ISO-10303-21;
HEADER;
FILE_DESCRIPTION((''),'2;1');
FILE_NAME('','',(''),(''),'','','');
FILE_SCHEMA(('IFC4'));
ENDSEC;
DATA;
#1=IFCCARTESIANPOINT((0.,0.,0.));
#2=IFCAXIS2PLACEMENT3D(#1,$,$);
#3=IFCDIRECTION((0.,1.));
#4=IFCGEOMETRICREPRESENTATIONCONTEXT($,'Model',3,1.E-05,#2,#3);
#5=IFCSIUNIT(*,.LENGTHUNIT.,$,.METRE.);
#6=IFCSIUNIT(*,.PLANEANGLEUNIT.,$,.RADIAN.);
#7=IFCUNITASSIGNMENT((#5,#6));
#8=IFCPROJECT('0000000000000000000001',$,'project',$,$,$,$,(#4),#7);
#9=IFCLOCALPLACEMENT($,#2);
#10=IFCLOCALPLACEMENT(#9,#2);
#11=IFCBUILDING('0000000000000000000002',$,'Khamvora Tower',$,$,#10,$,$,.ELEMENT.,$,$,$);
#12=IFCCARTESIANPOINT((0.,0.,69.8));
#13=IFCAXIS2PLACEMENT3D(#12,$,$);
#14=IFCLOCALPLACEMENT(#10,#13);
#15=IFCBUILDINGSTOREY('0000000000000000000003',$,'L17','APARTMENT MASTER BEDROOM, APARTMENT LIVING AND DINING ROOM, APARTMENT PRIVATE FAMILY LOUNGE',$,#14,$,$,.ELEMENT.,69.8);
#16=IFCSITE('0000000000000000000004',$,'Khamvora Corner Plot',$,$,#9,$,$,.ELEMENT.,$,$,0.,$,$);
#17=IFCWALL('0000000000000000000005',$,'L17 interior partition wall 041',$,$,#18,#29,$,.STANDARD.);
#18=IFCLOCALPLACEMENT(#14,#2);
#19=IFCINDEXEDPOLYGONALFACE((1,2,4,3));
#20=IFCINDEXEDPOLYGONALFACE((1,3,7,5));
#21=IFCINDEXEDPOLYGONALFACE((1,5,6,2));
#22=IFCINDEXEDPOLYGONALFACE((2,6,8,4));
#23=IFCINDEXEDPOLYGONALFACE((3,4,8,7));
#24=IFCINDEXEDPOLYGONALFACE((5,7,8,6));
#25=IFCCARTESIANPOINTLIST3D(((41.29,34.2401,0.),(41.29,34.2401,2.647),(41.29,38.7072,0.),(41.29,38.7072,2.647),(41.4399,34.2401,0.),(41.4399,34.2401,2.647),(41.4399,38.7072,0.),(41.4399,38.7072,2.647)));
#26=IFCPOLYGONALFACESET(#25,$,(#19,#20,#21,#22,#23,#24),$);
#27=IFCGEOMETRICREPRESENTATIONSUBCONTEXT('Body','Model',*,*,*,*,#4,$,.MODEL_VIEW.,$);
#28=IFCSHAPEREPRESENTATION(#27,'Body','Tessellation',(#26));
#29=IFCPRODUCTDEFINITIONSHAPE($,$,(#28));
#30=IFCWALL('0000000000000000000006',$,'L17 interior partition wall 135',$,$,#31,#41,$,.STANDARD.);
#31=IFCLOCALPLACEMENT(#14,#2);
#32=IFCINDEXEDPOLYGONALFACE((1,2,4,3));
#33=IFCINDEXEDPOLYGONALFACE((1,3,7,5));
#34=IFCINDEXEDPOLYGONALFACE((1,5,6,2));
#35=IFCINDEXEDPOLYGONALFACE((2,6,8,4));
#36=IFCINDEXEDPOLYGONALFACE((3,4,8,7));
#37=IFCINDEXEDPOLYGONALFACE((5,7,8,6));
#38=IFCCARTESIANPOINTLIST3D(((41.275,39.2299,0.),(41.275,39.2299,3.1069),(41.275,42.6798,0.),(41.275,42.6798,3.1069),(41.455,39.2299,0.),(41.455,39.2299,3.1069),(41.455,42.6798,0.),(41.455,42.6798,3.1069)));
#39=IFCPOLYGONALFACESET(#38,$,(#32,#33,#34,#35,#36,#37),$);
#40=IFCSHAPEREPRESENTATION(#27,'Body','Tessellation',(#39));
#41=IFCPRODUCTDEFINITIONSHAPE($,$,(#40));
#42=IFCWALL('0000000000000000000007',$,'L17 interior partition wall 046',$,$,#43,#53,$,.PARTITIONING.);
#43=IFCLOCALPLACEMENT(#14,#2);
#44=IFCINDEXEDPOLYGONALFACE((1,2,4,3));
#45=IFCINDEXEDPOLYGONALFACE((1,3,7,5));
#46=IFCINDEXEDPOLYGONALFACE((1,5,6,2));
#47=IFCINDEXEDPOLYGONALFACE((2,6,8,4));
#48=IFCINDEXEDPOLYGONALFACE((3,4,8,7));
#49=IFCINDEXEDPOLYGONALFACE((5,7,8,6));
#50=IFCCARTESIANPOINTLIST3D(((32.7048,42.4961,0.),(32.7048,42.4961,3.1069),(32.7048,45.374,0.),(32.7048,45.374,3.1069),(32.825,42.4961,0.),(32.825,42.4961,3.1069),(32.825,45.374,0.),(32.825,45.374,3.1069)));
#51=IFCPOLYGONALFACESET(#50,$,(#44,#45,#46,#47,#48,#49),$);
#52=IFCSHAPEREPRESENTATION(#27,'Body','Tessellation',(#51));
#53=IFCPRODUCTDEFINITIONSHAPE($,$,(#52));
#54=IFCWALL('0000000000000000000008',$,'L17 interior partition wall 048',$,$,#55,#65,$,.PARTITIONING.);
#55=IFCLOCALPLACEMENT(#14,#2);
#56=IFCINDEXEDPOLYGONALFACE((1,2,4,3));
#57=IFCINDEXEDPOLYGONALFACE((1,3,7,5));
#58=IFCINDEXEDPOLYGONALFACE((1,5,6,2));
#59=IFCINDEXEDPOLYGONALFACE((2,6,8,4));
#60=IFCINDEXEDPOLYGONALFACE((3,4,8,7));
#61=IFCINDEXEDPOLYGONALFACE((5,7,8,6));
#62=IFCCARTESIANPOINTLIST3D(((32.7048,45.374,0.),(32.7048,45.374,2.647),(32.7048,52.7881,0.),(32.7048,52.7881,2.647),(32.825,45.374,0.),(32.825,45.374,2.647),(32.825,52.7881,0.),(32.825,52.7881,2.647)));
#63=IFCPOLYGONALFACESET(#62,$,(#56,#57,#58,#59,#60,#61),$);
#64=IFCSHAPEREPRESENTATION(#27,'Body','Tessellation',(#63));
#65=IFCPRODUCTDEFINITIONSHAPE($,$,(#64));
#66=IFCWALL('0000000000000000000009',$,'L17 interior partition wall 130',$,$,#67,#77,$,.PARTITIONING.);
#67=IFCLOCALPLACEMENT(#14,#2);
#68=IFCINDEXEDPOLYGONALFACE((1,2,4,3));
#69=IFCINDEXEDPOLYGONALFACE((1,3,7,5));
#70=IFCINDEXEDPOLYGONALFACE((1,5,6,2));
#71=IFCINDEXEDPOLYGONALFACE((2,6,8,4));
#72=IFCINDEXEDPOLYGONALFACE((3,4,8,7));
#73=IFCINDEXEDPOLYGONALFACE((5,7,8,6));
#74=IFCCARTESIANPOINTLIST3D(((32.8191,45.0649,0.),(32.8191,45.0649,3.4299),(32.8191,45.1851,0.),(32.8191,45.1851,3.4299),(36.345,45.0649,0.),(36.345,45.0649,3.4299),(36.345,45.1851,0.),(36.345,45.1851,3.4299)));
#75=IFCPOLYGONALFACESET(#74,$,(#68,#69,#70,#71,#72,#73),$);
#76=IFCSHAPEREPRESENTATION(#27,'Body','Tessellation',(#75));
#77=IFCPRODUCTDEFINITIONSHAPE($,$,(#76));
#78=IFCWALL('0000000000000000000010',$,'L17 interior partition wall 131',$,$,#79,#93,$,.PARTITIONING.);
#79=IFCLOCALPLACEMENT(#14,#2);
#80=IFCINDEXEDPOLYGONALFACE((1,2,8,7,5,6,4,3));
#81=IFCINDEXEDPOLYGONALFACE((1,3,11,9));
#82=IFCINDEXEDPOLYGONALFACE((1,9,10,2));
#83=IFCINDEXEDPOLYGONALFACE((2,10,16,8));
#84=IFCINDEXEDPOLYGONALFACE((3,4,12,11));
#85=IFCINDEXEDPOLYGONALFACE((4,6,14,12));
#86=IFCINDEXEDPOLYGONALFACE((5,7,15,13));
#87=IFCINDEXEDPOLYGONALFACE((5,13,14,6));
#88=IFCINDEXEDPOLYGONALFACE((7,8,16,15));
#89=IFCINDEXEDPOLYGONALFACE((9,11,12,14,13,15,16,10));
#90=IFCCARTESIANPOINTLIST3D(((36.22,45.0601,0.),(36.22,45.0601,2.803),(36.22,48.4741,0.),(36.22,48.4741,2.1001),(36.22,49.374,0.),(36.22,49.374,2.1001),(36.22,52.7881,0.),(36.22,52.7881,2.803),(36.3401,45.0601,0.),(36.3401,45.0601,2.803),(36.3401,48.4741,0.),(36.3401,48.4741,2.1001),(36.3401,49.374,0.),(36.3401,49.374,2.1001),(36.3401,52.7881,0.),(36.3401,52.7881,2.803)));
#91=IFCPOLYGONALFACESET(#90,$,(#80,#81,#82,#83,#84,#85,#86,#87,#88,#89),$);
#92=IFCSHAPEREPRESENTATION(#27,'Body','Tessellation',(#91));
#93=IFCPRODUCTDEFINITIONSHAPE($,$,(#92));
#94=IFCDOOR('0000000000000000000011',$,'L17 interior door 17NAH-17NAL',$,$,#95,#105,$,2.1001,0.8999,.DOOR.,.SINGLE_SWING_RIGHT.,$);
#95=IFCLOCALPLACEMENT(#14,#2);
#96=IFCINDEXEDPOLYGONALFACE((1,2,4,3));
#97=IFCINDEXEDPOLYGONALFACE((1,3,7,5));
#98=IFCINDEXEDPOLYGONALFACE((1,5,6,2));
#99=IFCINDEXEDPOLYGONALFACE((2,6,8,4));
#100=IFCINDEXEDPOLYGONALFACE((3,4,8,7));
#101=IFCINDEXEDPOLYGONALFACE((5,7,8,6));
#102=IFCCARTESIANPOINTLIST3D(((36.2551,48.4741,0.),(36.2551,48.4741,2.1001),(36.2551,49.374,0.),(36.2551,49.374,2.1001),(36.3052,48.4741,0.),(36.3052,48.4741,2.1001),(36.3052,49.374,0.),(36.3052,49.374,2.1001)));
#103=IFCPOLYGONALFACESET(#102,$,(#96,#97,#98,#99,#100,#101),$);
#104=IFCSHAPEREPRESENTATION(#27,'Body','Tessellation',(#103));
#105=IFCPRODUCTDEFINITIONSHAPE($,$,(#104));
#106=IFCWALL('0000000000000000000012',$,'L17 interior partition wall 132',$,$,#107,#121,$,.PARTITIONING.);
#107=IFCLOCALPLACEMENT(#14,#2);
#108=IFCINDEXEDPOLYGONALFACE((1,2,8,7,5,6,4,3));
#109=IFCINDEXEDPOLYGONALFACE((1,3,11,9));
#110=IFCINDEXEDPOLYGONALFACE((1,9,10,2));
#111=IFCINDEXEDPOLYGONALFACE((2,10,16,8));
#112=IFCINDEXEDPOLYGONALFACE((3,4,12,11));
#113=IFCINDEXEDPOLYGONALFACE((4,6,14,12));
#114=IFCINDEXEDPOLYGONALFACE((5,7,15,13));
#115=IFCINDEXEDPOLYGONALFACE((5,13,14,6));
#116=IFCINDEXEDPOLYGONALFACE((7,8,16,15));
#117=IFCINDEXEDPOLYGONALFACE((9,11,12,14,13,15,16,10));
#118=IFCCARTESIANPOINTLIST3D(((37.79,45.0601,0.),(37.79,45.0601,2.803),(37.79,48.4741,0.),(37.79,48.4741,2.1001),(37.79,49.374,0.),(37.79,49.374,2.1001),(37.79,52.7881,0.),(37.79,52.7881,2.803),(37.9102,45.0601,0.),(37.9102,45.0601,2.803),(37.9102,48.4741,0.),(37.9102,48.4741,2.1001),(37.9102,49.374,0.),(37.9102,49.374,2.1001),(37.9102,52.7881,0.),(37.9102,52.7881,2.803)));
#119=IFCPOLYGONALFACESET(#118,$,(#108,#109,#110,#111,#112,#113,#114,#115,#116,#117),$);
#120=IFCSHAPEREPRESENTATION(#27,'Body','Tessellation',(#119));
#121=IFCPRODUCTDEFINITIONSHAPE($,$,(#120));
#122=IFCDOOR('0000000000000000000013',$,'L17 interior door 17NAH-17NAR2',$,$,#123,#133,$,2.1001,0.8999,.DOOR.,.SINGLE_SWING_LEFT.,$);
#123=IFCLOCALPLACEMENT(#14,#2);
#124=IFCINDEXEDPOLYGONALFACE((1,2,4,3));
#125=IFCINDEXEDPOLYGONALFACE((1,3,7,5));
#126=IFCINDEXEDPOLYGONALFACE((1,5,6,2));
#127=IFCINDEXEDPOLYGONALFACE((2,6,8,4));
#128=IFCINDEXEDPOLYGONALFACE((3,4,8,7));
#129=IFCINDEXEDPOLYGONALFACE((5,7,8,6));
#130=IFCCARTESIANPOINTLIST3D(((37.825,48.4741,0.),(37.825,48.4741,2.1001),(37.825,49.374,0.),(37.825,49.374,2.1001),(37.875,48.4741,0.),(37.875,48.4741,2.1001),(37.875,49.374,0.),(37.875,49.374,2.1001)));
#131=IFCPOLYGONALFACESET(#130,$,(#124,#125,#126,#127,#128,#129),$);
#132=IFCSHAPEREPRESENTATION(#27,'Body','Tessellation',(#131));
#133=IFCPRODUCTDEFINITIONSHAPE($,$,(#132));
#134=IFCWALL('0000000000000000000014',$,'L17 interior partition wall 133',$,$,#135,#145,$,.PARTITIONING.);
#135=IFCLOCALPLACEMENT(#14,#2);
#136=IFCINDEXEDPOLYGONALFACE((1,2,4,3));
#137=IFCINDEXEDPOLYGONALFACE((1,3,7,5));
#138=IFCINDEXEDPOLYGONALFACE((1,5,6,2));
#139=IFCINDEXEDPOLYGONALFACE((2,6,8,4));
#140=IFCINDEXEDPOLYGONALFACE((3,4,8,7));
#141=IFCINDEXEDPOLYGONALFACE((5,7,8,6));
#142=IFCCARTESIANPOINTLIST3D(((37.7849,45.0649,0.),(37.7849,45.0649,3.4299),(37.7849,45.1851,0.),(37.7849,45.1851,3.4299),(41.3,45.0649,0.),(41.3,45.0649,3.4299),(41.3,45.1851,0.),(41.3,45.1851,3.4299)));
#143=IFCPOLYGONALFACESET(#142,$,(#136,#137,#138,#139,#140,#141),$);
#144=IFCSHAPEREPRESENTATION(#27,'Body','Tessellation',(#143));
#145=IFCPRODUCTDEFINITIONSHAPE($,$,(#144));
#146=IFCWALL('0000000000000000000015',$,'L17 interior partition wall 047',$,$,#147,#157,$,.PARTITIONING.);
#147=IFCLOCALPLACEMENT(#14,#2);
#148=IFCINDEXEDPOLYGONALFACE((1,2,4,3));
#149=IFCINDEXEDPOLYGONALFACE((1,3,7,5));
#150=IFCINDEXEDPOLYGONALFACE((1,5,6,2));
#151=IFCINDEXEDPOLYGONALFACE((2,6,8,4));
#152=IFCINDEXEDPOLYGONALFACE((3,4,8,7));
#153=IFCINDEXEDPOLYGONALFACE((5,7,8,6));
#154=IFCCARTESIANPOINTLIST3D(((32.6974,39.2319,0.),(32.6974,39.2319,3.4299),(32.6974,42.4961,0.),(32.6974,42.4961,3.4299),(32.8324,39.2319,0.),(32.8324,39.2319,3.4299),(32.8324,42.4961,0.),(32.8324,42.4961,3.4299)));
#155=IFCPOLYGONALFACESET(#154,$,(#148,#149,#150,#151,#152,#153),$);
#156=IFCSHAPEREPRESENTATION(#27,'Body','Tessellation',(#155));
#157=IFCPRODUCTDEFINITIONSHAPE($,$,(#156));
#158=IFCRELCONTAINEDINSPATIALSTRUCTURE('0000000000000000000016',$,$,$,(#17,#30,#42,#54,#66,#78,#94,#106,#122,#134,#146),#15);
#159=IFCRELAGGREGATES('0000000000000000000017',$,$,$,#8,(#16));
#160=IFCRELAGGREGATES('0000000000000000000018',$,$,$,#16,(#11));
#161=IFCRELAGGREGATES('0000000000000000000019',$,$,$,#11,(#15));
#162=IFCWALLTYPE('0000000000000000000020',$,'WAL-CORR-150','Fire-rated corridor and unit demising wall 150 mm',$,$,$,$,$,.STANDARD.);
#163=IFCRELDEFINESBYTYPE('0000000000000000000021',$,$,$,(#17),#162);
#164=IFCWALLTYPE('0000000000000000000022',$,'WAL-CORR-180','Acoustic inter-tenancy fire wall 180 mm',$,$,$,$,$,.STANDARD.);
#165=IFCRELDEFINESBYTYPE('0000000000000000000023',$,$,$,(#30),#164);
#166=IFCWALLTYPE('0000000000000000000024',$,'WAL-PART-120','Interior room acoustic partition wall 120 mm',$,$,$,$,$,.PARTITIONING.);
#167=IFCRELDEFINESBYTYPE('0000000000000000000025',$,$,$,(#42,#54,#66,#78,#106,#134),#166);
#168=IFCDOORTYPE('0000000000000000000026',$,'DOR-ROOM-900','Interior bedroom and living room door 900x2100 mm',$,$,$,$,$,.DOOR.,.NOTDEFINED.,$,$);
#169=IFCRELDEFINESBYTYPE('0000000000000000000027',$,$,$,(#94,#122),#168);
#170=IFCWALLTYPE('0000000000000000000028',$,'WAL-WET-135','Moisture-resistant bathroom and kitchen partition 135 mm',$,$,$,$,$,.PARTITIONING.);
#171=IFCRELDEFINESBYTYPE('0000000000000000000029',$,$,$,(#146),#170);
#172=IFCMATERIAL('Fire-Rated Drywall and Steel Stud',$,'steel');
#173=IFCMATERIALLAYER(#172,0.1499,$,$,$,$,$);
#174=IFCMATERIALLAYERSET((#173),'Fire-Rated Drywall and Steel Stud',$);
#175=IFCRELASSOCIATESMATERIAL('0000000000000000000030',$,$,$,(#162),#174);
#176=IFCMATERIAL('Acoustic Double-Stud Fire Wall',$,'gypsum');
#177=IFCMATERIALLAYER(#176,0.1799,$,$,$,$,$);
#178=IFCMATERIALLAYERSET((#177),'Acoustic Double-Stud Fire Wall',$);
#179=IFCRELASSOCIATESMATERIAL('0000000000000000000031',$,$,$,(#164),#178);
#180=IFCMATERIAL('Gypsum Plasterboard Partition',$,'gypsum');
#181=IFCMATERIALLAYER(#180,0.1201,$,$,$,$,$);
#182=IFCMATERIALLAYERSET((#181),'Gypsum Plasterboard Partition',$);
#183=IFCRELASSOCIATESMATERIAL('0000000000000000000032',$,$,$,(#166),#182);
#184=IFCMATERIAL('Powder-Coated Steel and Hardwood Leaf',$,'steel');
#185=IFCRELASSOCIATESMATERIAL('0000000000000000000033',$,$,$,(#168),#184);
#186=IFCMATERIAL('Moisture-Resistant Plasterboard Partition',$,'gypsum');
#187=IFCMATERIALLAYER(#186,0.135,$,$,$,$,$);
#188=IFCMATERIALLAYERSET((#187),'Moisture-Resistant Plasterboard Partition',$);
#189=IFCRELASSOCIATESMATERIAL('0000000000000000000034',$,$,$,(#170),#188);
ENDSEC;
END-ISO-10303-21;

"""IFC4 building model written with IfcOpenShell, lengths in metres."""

from ifc_helpers import new_model, si_unit, direction, frame, frame_2d, origin, place, context, subcontext, project, spatial, rectangle, extrude, material, layer, layer_set, type_object, element, fill, save


model = new_model("IFC4")

# Units and contexts
model_context = context("Model", 3, precision=1e-05, world=origin(), true_north=direction((0.0, 1.0)))
body_context = subcontext(model_context, "Body", "Model", "MODEL_VIEW")
ifc_project = project(units=[si_unit("LENGTHUNIT", "METRE"), si_unit("PLANEANGLEUNIT", "RADIAN")], contexts=[model_context])

# Site, building, storey
site_placement = place(None, origin())
site = spatial("IfcSite", under=ifc_project, at=site_placement, Name="Khamvora Corner Plot", CompositionType="ELEMENT", RefElevation=0.0)
building_placement = place(site_placement, origin())
building = spatial("IfcBuilding", under=site, at=building_placement, Name="Khamvora Tower", CompositionType="ELEMENT")
storey_placement = place(building_placement, frame((0.0, 0.0, 69.8)))
storey = spatial("IfcBuildingStorey", under=building, at=storey_placement, Name="L17", Description="APARTMENT MASTER BEDROOM, APARTMENT LIVING AND DINING ROOM, APARTMENT PRIVATE FAMILY LOUNGE", CompositionType="ELEMENT", Elevation=69.8)

# Shared definitions
ifc_material_1 = material(Name="Fire-Rated Drywall and Steel Stud", Category="steel")
ifc_layer_1 = layer(ifc_material_1, 0.1499)
ifc_layer_set_1 = layer_set([ifc_layer_1], Name="Fire-Rated Drywall and Steel Stud")
wall_type_1 = type_object("IfcWallType", Name="WAL-CORR-150", Description="Fire-rated corridor and unit demising wall 150 mm", PredefinedType="STANDARD", material=ifc_layer_set_1)
ifc_material_2 = material(Name="Powder-Coated Steel and Hardwood Leaf", Category="steel")

# Walls
wall_1_placement = place(storey_placement, frame((41.365, 38.707, 0.0), z_axis=(0.0, 0.0, 1.0), x_axis=(0.0, -1.0, 0.0)))
element("IfcWall", 1, at=wall_1_placement, inside=storey, type_object=wall_type_1, Name="L17 interior partition wall 041", PredefinedType="STANDARD", context=body_context, shape_type="SweptSolid", body=[
    extrude(rectangle(XDim=4.467, YDim=0.1499, at=frame_2d((2.2334, 0.0))), origin(), (0.0, 0.0, 1.0), 2.647),
])
ifc_material_3 = material(Name="Acoustic Double-Stud Fire Wall", Category="gypsum")
ifc_layer_2 = layer(ifc_material_3, 0.1799)
ifc_layer_set_2 = layer_set([ifc_layer_2], Name="Acoustic Double-Stud Fire Wall")
wall_type_2 = type_object("IfcWallType", Name="WAL-CORR-180", Description="Acoustic inter-tenancy fire wall 180 mm", PredefinedType="STANDARD", material=ifc_layer_set_2)
wall_2_placement = place(storey_placement, frame((41.365, 42.6799, 0.0), z_axis=(0.0, 0.0, 1.0), x_axis=(0.0, -1.0, 0.0)))
element("IfcWall", 2, at=wall_2_placement, inside=storey, type_object=wall_type_2, Name="L17 interior partition wall 135", PredefinedType="STANDARD", context=body_context, shape_type="SweptSolid", body=[
    extrude(rectangle(XDim=3.45, YDim=0.1799, at=frame_2d((1.7251, 0.0))), origin(), (0.0, 0.0, 1.0), 3.1069),
])
ifc_material_4 = material(Name="Gypsum Plasterboard Partition", Category="gypsum")
ifc_layer_3 = layer(ifc_material_4, 0.1201)
ifc_layer_set_3 = layer_set([ifc_layer_3], Name="Gypsum Plasterboard Partition")
wall_type_3 = type_object("IfcWallType", Name="WAL-PART-120", Description="Interior room acoustic partition wall 120 mm", PredefinedType="PARTITIONING", material=ifc_layer_set_3)
wall_3_placement = place(storey_placement, frame((32.7649, 45.374, 0.0), z_axis=(0.0, 0.0, 1.0), x_axis=(0.0, -1.0, 0.0)))
element("IfcWall", 3, at=wall_3_placement, inside=storey, type_object=wall_type_3, Name="L17 interior partition wall 046", PredefinedType="PARTITIONING", context=body_context, shape_type="SweptSolid", body=[
    extrude(rectangle(XDim=2.8779, YDim=0.1201, at=frame_2d((1.439, 0.0))), origin(), (0.0, 0.0, 1.0), 3.1069),
])
wall_4_placement = place(storey_placement, frame((32.7649, 52.7881, 0.0), z_axis=(0.0, 0.0, 1.0), x_axis=(0.0, -1.0, 0.0)))
element("IfcWall", 4, at=wall_4_placement, inside=storey, type_object=wall_type_3, Name="L17 interior partition wall 048", PredefinedType="PARTITIONING", context=body_context, shape_type="SweptSolid", body=[
    extrude(rectangle(XDim=7.4141, YDim=0.1201, at=frame_2d((3.707, 0.0))), origin(), (0.0, 0.0, 1.0), 2.647),
])
wall_5_placement = place(storey_placement, frame((32.8191, 45.125, 0.0), z_axis=(0.0, 0.0, 1.0), x_axis=(1.0, 0.0, 0.0)))
element("IfcWall", 5, at=wall_5_placement, inside=storey, type_object=wall_type_3, Name="L17 interior partition wall 130", PredefinedType="PARTITIONING", context=body_context, shape_type="SweptSolid", body=[
    extrude(rectangle(XDim=3.5259, YDim=0.1201, at=frame_2d((1.7629, 0.0))), origin(), (0.0, 0.0, 1.0), 3.4299),
])

# Walls, openings, doors
wall_6_placement = place(storey_placement, frame((36.28, 45.0601, 0.0), z_axis=(0.0, 0.0, 1.0), x_axis=(0.0, 1.0, 0.0)))
wall_6 = element("IfcWall", 6, at=wall_6_placement, inside=storey, type_object=wall_type_3, Name="L17 interior partition wall 131", PredefinedType="PARTITIONING", context=body_context, shape_type="SweptSolid", body=[
    extrude(rectangle(XDim=7.728, YDim=0.1201, at=frame_2d((3.864, 0.0))), origin(), (0.0, 0.0, 1.0), 2.803),
])
opening_1_placement = place(wall_6_placement, frame((3.4141, 0.0, 0.0)))
opening_1 = element("IfcOpeningElement", 7, at=opening_1_placement, cuts=wall_6, PredefinedType="OPENING", context=body_context, shape_type="SweptSolid", body=[
    extrude(rectangle(XDim=0.8999, YDim=2.1001, at=frame_2d((0.45, 1.05))), frame((0.0, 0.0701, 0.0), z_axis=(0.0, -1.0, 0.0), x_axis=(1.0, 0.0, 0.0)), (0.0, 0.0, 1.0), 0.1401),
])
door_type_1 = type_object("IfcDoorType", Name="DOR-ROOM-900", Description="Interior bedroom and living room door 900x2100 mm", OperationType="NOTDEFINED", PredefinedType="DOOR", material=ifc_material_2)
door_1_placement = place(opening_1_placement, origin())
door_1 = element("IfcDoor", 8, at=door_1_placement, inside=storey, type_object=door_type_1, Name="L17 interior door 17NAH-17NAL", OperationType="SINGLE_SWING_RIGHT", OverallHeight=2.1001, OverallWidth=0.8999, PredefinedType="DOOR", context=body_context, shape_type="SweptSolid", body=[
    extrude(rectangle(XDim=0.8999, YDim=2.1001, at=frame_2d((0.45, 1.05))), frame((0.0, 0.0249, 0.0), z_axis=(0.0, -1.0, 0.0), x_axis=(1.0, 0.0, 0.0)), (0.0, 0.0, 1.0), 0.05),
])
fill(opening_1, door_1)
wall_7_placement = place(storey_placement, frame((37.8501, 52.7881, 0.0), z_axis=(0.0, 0.0, 1.0), x_axis=(0.0, -1.0, 0.0)))
wall_7 = element("IfcWall", 9, at=wall_7_placement, inside=storey, type_object=wall_type_3, Name="L17 interior partition wall 132", PredefinedType="PARTITIONING", context=body_context, shape_type="SweptSolid", body=[
    extrude(rectangle(XDim=7.728, YDim=0.1201, at=frame_2d((3.864, 0.0))), origin(), (0.0, 0.0, 1.0), 2.803),
])
opening_2_placement = place(wall_7_placement, frame((3.4141, 0.0, 0.0)))
opening_2 = element("IfcOpeningElement", 10, at=opening_2_placement, cuts=wall_7, PredefinedType="OPENING", context=body_context, shape_type="SweptSolid", body=[
    extrude(rectangle(XDim=0.8999, YDim=2.1001, at=frame_2d((0.45, 1.05))), frame((0.0, 0.0701, 0.0), z_axis=(0.0, -1.0, 0.0), x_axis=(1.0, 0.0, 0.0)), (0.0, 0.0, 1.0), 0.1401),
])
door_2_placement = place(opening_2_placement, origin())
door_2 = element("IfcDoor", 11, at=door_2_placement, inside=storey, type_object=door_type_1, Name="L17 interior door 17NAH-17NAR2", OperationType="SINGLE_SWING_LEFT", OverallHeight=2.1001, OverallWidth=0.8999, PredefinedType="DOOR", context=body_context, shape_type="SweptSolid", body=[
    extrude(rectangle(XDim=0.8999, YDim=2.1001, at=frame_2d((0.45, 1.05))), frame((0.0, 0.0249, 0.0), z_axis=(0.0, -1.0, 0.0), x_axis=(1.0, 0.0, 0.0)), (0.0, 0.0, 1.0), 0.05),
])
fill(opening_2, door_2)

# Walls
wall_8_placement = place(storey_placement, frame((37.7849, 45.125, 0.0), z_axis=(0.0, 0.0, 1.0), x_axis=(1.0, 0.0, 0.0)))
element("IfcWall", 12, at=wall_8_placement, inside=storey, type_object=wall_type_3, Name="L17 interior partition wall 133", PredefinedType="PARTITIONING", context=body_context, shape_type="SweptSolid", body=[
    extrude(rectangle(XDim=3.5151, YDim=0.1201, at=frame_2d((1.7576, 0.0))), origin(), (0.0, 0.0, 1.0), 3.4299),
])
ifc_material_5 = material(Name="Moisture-Resistant Plasterboard Partition", Category="gypsum")
ifc_layer_4 = layer(ifc_material_5, 0.135)
ifc_layer_set_4 = layer_set([ifc_layer_4], Name="Moisture-Resistant Plasterboard Partition")
wall_type_4 = type_object("IfcWallType", Name="WAL-WET-135", Description="Moisture-resistant bathroom and kitchen partition 135 mm", PredefinedType="PARTITIONING", material=ifc_layer_set_4)
wall_9_placement = place(storey_placement, frame((32.7649, 42.4961, 0.0), z_axis=(0.0, 0.0, 1.0), x_axis=(0.0, -1.0, 0.0)))
element("IfcWall", 13, at=wall_9_placement, inside=storey, type_object=wall_type_4, Name="L17 interior partition wall 047", PredefinedType="PARTITIONING", context=body_context, shape_type="SweptSolid", body=[
    extrude(rectangle(XDim=3.2642, YDim=0.135, at=frame_2d((1.6321, 0.0))), origin(), (0.0, 0.0, 1.0), 3.4299),
])

save(model, "model.ifc")
